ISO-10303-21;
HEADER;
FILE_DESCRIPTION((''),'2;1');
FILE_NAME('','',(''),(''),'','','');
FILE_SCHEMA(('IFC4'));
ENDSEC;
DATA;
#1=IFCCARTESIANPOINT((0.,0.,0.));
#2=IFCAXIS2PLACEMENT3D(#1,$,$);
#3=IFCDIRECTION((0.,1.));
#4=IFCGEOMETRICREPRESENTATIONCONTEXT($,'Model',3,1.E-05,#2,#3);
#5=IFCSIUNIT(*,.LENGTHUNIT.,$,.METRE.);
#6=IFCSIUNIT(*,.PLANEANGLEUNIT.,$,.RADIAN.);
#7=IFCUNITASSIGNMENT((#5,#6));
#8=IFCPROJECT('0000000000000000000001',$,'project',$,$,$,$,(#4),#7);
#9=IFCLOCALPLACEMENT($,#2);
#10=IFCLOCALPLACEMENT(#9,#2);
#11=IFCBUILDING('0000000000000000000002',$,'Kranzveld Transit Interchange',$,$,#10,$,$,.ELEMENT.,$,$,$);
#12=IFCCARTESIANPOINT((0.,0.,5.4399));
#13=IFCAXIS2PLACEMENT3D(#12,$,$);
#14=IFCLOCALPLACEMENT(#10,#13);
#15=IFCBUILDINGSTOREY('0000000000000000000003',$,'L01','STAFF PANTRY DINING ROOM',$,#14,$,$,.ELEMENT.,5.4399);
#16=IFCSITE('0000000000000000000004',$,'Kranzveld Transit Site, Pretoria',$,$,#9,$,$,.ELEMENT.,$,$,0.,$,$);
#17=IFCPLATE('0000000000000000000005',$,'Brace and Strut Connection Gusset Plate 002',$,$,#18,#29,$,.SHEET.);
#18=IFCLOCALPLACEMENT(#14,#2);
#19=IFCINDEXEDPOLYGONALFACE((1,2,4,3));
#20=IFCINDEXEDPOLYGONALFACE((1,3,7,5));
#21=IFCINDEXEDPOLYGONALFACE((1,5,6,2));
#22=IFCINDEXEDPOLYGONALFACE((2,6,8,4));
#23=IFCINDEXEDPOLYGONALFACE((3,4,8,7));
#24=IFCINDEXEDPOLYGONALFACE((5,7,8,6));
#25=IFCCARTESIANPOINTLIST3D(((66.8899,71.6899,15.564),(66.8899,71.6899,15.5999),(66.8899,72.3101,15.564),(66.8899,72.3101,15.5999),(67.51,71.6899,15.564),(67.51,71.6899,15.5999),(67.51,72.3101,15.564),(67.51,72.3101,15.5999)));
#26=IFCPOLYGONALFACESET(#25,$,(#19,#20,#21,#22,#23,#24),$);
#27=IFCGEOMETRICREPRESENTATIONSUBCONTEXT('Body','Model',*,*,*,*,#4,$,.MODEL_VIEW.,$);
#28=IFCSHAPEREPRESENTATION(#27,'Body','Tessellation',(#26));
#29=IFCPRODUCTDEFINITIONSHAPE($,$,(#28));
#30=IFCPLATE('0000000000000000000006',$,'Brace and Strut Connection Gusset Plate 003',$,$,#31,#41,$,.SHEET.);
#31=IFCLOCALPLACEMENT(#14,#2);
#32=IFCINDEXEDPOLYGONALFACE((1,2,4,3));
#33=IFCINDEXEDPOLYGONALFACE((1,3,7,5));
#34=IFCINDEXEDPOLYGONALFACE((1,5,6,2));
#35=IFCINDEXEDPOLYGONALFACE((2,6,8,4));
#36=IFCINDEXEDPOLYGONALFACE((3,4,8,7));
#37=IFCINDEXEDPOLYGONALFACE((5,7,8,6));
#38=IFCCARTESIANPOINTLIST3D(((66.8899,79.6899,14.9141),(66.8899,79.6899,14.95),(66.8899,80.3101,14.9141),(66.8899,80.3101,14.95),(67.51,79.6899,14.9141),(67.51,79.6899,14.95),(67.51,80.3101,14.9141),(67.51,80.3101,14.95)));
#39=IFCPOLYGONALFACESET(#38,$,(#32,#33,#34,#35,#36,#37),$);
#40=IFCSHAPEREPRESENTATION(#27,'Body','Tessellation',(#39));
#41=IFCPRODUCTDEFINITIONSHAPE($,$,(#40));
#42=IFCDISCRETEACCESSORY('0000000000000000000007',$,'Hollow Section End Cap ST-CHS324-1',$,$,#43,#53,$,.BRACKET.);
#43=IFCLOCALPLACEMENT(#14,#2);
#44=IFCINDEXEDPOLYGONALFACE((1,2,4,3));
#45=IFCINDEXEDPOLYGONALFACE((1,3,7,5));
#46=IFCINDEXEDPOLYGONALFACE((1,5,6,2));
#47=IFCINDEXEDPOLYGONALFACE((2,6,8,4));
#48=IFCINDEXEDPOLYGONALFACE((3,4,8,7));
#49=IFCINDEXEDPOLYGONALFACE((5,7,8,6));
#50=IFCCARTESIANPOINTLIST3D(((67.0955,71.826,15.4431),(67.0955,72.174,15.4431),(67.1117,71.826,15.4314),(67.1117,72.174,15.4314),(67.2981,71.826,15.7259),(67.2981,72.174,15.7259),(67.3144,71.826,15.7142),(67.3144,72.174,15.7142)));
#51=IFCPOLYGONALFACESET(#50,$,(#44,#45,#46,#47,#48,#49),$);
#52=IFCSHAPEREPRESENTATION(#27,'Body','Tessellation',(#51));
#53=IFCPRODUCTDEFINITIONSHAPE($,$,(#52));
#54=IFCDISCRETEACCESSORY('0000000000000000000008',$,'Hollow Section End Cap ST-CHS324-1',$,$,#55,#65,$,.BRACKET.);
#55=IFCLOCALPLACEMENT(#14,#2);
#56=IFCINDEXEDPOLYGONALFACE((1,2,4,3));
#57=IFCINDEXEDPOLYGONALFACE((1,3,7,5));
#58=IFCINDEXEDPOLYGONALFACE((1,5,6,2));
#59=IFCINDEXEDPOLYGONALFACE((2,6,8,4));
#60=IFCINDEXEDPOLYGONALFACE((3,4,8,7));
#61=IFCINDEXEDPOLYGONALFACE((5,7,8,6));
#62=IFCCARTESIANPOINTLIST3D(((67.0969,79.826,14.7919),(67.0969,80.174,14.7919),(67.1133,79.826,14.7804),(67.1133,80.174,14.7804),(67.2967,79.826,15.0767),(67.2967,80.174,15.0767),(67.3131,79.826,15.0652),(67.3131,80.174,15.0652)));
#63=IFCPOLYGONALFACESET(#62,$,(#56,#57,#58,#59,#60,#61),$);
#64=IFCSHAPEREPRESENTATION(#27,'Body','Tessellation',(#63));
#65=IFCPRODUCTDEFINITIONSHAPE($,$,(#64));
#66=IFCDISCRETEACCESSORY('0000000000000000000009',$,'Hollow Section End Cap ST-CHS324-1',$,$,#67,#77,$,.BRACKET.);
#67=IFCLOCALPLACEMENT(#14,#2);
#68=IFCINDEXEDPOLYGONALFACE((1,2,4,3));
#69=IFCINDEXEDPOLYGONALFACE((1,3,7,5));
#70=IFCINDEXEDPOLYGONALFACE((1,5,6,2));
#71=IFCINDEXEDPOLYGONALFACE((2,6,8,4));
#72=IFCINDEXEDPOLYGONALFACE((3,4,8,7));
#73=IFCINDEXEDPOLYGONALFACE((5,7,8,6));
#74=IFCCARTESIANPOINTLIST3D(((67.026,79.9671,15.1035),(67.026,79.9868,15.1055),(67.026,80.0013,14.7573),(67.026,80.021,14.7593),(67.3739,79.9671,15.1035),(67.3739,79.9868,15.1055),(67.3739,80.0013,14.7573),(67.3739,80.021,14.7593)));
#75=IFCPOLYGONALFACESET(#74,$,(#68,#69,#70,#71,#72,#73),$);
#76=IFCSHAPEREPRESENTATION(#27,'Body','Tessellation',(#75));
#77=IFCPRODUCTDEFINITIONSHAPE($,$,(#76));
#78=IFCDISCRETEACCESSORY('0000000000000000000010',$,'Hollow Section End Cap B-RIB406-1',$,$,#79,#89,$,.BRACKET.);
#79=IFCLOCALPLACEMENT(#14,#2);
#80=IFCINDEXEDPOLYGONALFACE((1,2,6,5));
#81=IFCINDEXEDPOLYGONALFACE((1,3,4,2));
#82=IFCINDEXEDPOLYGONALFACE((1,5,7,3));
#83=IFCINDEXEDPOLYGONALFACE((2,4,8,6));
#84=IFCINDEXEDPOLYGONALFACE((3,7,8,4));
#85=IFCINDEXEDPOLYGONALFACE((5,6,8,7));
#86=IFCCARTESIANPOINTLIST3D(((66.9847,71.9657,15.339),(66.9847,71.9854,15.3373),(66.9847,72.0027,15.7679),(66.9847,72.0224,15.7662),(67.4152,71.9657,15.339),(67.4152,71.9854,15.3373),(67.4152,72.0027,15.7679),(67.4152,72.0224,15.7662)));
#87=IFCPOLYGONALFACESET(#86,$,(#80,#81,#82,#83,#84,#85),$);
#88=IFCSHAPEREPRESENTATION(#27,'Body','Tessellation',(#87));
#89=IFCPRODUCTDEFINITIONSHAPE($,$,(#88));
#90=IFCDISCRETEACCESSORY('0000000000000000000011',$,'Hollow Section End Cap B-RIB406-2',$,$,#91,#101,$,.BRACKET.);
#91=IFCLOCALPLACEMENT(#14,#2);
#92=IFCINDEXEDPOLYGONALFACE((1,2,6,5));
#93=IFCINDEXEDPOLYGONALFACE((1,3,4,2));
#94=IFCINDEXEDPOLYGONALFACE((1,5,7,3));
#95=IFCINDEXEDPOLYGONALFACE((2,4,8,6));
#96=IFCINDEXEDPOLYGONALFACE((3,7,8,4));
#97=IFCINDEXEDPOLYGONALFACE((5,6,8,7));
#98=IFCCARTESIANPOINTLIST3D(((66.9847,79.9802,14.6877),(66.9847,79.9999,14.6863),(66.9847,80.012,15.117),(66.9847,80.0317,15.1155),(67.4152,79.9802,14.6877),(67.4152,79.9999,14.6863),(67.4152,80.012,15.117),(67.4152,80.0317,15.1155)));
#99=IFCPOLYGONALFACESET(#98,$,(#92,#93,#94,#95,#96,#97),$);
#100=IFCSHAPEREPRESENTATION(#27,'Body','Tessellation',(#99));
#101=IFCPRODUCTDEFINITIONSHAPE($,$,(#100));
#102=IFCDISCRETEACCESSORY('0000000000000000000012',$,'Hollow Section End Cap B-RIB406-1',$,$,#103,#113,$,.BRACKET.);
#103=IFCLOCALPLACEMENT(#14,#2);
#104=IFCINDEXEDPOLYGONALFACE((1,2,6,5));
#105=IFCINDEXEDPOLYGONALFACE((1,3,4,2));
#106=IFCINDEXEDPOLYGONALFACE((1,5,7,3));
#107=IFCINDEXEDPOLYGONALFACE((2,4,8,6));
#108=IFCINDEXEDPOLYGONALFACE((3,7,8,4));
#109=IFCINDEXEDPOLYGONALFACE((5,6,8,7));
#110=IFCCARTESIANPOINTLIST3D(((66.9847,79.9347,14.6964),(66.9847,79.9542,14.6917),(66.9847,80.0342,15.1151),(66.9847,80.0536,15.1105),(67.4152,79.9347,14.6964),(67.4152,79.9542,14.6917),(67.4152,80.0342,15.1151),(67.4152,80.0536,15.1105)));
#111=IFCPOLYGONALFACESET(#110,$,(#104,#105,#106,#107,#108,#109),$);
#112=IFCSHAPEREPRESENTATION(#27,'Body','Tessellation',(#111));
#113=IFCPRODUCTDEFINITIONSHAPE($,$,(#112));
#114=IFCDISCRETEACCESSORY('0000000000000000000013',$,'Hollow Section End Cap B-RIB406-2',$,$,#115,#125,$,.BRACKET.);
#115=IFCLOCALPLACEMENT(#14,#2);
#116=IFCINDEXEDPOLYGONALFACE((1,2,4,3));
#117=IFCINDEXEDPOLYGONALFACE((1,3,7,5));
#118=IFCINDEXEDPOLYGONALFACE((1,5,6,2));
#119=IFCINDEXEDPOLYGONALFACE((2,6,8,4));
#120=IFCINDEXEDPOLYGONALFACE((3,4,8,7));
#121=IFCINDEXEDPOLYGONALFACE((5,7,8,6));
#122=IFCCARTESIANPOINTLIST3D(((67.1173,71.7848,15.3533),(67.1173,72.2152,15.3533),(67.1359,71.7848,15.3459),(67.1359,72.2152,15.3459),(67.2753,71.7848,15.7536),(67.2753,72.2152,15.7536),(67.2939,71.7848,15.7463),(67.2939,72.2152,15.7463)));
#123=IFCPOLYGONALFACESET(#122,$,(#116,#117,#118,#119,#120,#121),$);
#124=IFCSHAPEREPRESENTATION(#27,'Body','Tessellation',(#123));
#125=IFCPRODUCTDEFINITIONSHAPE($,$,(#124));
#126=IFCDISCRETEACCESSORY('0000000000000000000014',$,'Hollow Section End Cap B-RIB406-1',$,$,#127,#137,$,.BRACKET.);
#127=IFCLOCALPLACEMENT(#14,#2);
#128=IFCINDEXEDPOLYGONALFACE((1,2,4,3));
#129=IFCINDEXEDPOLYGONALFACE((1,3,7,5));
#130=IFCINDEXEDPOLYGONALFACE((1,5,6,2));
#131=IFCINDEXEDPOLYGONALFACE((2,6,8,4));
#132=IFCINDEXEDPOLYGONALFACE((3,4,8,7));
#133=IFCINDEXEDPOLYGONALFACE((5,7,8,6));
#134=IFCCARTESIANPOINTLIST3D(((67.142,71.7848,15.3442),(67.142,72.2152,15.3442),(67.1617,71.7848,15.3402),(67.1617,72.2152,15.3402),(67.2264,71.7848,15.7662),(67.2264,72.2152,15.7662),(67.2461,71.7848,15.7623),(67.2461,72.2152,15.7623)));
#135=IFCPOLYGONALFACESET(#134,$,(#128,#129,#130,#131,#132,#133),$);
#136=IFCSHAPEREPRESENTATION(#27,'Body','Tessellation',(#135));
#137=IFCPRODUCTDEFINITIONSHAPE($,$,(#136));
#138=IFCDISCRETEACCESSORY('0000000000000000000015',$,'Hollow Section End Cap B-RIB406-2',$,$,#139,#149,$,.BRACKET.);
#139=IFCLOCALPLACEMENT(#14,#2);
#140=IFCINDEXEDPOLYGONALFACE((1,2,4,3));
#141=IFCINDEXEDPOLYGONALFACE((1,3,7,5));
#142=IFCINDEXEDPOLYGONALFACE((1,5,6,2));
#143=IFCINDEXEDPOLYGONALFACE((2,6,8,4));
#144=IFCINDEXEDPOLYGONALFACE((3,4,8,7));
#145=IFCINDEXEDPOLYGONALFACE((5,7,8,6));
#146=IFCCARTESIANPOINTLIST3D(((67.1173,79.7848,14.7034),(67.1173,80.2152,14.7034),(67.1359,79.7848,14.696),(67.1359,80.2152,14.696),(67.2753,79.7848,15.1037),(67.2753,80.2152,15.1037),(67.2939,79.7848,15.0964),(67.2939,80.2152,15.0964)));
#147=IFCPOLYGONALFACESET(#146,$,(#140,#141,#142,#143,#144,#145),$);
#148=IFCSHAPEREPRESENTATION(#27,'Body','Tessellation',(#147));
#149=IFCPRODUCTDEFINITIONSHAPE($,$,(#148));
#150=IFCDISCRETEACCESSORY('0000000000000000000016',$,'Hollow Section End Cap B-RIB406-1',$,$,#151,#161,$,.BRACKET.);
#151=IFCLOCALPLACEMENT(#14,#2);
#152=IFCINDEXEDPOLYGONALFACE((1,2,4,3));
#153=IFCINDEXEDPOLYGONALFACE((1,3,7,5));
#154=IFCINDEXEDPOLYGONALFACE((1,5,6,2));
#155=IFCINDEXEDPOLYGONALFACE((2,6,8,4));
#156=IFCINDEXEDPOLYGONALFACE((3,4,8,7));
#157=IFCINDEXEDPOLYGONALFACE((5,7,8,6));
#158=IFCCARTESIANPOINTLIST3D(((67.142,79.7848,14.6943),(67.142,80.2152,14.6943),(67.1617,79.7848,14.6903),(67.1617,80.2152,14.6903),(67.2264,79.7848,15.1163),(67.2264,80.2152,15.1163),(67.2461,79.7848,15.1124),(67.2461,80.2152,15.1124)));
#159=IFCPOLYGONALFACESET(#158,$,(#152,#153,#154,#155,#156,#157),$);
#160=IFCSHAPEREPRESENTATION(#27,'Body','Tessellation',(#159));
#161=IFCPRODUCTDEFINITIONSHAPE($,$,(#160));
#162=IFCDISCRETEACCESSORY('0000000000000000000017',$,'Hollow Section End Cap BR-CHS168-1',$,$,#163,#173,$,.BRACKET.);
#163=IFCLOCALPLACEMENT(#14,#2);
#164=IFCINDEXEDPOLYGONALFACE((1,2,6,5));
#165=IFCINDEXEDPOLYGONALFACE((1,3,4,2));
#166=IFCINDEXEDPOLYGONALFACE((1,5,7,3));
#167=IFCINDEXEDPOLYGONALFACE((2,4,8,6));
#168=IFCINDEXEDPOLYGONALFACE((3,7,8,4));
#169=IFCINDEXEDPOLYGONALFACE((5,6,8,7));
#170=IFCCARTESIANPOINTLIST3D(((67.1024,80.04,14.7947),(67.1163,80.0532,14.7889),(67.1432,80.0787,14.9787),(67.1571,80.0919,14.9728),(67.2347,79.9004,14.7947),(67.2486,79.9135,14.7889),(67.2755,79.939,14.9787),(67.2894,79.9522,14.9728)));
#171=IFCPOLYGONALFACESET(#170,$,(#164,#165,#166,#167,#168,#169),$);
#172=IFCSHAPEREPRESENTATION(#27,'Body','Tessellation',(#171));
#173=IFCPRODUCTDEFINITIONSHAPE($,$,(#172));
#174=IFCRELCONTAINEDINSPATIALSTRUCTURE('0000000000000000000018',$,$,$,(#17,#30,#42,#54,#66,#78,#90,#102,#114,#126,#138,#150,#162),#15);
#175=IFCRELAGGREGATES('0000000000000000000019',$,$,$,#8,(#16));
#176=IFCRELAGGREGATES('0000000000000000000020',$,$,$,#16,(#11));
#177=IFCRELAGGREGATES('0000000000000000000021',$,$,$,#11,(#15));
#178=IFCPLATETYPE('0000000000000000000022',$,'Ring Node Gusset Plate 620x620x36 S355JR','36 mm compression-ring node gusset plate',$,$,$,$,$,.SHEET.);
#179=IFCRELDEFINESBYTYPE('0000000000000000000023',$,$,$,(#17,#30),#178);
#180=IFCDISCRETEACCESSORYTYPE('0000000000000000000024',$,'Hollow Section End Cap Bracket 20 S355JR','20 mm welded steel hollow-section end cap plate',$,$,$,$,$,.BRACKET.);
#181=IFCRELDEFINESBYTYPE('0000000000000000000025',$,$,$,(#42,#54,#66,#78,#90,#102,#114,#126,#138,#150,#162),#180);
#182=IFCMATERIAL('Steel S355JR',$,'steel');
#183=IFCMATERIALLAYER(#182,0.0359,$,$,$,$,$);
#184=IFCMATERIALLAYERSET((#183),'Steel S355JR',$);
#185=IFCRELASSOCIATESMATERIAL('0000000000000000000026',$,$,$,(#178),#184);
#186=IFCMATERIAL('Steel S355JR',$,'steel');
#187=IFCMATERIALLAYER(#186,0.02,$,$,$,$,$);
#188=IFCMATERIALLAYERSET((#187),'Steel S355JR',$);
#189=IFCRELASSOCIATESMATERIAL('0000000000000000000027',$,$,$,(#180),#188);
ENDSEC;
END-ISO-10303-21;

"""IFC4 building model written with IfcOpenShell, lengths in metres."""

from ifc_helpers import new_model, si_unit, direction, frame, origin, origin_2d, place, context, subcontext, project, spatial, rectangle, extrude, material, layer, layer_set, type_object, element, save


model = new_model("IFC4")

# Units and contexts
model_context = context("Model", 3, precision=1e-05, world=origin(), true_north=direction((0.0, 1.0)))
body_context = subcontext(model_context, "Body", "Model", "MODEL_VIEW")
ifc_project = project(units=[si_unit("LENGTHUNIT", "METRE"), si_unit("PLANEANGLEUNIT", "RADIAN")], contexts=[model_context])

# Site, building, storey
site_placement = place(None, origin())
site = spatial("IfcSite", under=ifc_project, at=site_placement, Name="Kranzveld Transit Site, Pretoria", CompositionType="ELEMENT", RefElevation=0.0)
building_placement = place(site_placement, origin())
building = spatial("IfcBuilding", under=site, at=building_placement, Name="Kranzveld Transit Interchange", CompositionType="ELEMENT")
storey_placement = place(building_placement, frame((0.0, 0.0, 5.4399)))
storey = spatial("IfcBuildingStorey", under=building, at=storey_placement, Name="L01", Description="STAFF PANTRY DINING ROOM", CompositionType="ELEMENT", Elevation=5.4399)

# Plates
ifc_material_1 = material(Name="Steel S355JR", Category="steel")
ifc_layer_1 = layer(ifc_material_1, 0.0359)
ifc_layer_set_1 = layer_set([ifc_layer_1], Name="Steel S355JR")
plate_type = type_object("IfcPlateType", Name="Ring Node Gusset Plate 620x620x36 S355JR", Description="36 mm compression-ring node gusset plate", PredefinedType="SHEET", material=ifc_layer_set_1)
for number, where, z_axis, x_axis, name in (
    (1, (67.2, 72.0, 15.564), (0.0, 0.0, 1.0), (1.0, 0.0, 0.0), "Brace and Strut Connection Gusset Plate 002"),
    (2, (67.2, 80.0, 14.9141), (0.0, 0.0, 1.0), (1.0, 0.0, 0.0), "Brace and Strut Connection Gusset Plate 003"),
):
    element("IfcPlate", number, at=place(storey_placement, frame(where, z_axis=z_axis, x_axis=x_axis)), inside=storey, type_object=plate_type, Name=name, PredefinedType="SHEET", context=body_context, shape_type="SweptSolid", body=[
        extrude(rectangle(XDim=0.6201, YDim=0.6201, at=origin_2d()), origin(), (0.0, 0.0, 1.0), 0.0359),
    ])

# Discrete accessories
ifc_material_2 = material(Name="Steel S355JR", Category="steel")
ifc_layer_2 = layer(ifc_material_2, 0.02)
ifc_layer_set_2 = layer_set([ifc_layer_2], Name="Steel S355JR")
discrete_accessory_type = type_object("IfcDiscreteAccessoryType", Name="Hollow Section End Cap Bracket 20 S355JR", Description="20 mm welded steel hollow-section end cap plate", PredefinedType="BRACKET", material=ifc_layer_set_2)
for number, where, z_axis, x_axis, name in (
    (3, (67.1968, 72.0, 15.5845), (0.812913, 0.0, -0.582385), (0.0, 1.0, 0.0), "Hollow Section End Cap ST-CHS324-1"),
    (4, (67.1968, 80.0, 14.9343), (0.818657, 0.0, -0.574282), (0.0, 1.0, 0.0), "Hollow Section End Cap ST-CHS324-1"),
):
    element("IfcDiscreteAccessory", number, at=place(storey_placement, frame(where, z_axis=z_axis, x_axis=x_axis)), inside=storey, type_object=discrete_accessory_type, Name=name, PredefinedType="BRACKET", context=body_context, shape_type="SweptSolid", body=[
        extrude(rectangle(XDim=0.3479, YDim=0.3479, at=origin_2d()), origin(), (0.0, 0.0, 1.0), 0.02),
    ])
discrete_accessory_1_placement = place(storey_placement, frame((67.2, 80.0039, 14.9324), z_axis=(0.0, -0.995158, -0.098287), x_axis=(1.0, 0.0, 0.0)))
element("IfcDiscreteAccessory", 5, at=discrete_accessory_1_placement, inside=storey, type_object=discrete_accessory_type, Name="Hollow Section End Cap ST-CHS324-1", PredefinedType="BRACKET", context=body_context, shape_type="SweptSolid", body=[
    extrude(rectangle(XDim=0.3479, YDim=0.3479, at=origin_2d()), origin(), (0.0, 0.0, 1.0), 0.0198),
])
for number, where, z_axis, x_axis, name in (
    (6, (67.2, 72.0039, 15.5518), (0.0, -0.996287, 0.086099), (1.0, 0.0, 0.0), "Hollow Section End Cap B-RIB406-1"),
    (7, (67.2, 79.9961, 14.9023), (0.0, 0.997268, -0.073872), (-1.0, 0.0, 0.0), "Hollow Section End Cap B-RIB406-2"),
):
    element("IfcDiscreteAccessory", number, at=place(storey_placement, frame(where, z_axis=z_axis, x_axis=x_axis)), inside=storey, type_object=discrete_accessory_type, Name=name, PredefinedType="BRACKET", context=body_context, shape_type="SweptSolid", body=[
        extrude(rectangle(XDim=0.4304, YDim=0.4304, at=origin_2d()), origin(), (0.0, 0.0, 1.0), 0.0198),
    ])
for number, where, z_axis, x_axis, name in (
    (8, (67.2, 80.0039, 14.9011), (0.0, -0.972937, 0.231072), (1.0, 0.0, 0.0), "Hollow Section End Cap B-RIB406-1"),
    (9, (67.1963, 72.0, 15.5535), (0.930155, 0.0, -0.367167), (0.0, 1.0, 0.0), "Hollow Section End Cap B-RIB406-2"),
    (10, (67.2039, 72.0, 15.5513), (-0.980581, 0.0, 0.196116), (0.0, -1.0, 0.0), "Hollow Section End Cap B-RIB406-1"),
    (11, (67.1963, 80.0, 14.9036), (0.930155, 0.0, -0.367167), (0.0, 1.0, 0.0), "Hollow Section End Cap B-RIB406-2"),
    (12, (67.2039, 80.0, 14.9014), (-0.980581, 0.0, 0.196116), (0.0, -1.0, 0.0), "Hollow Section End Cap B-RIB406-1"),
):
    element("IfcDiscreteAccessory", number, at=place(storey_placement, frame(where, z_axis=z_axis, x_axis=x_axis)), inside=storey, type_object=discrete_accessory_type, Name=name, PredefinedType="BRACKET", context=body_context, shape_type="SweptSolid", body=[
        extrude(rectangle(XDim=0.4304, YDim=0.4304, at=origin_2d()), origin(), (0.0, 0.0, 1.0), 0.02),
    ])
discrete_accessory_2_placement = place(storey_placement, frame((67.2029, 80.0027, 14.8809), z_axis=(-0.694245, -0.657706, 0.292314), x_axis=(0.687745, -0.725953, 0.0)))
element("IfcDiscreteAccessory", 13, at=discrete_accessory_2_placement, inside=storey, type_object=discrete_accessory_type, Name="Hollow Section End Cap BR-CHS168-1", PredefinedType="BRACKET", context=body_context, shape_type="SweptSolid", body=[
    extrude(rectangle(XDim=0.1924, YDim=0.1924, at=origin_2d()), origin(), (0.0, 0.0, 1.0), 0.02),
])

save(model, "model.ifc")
